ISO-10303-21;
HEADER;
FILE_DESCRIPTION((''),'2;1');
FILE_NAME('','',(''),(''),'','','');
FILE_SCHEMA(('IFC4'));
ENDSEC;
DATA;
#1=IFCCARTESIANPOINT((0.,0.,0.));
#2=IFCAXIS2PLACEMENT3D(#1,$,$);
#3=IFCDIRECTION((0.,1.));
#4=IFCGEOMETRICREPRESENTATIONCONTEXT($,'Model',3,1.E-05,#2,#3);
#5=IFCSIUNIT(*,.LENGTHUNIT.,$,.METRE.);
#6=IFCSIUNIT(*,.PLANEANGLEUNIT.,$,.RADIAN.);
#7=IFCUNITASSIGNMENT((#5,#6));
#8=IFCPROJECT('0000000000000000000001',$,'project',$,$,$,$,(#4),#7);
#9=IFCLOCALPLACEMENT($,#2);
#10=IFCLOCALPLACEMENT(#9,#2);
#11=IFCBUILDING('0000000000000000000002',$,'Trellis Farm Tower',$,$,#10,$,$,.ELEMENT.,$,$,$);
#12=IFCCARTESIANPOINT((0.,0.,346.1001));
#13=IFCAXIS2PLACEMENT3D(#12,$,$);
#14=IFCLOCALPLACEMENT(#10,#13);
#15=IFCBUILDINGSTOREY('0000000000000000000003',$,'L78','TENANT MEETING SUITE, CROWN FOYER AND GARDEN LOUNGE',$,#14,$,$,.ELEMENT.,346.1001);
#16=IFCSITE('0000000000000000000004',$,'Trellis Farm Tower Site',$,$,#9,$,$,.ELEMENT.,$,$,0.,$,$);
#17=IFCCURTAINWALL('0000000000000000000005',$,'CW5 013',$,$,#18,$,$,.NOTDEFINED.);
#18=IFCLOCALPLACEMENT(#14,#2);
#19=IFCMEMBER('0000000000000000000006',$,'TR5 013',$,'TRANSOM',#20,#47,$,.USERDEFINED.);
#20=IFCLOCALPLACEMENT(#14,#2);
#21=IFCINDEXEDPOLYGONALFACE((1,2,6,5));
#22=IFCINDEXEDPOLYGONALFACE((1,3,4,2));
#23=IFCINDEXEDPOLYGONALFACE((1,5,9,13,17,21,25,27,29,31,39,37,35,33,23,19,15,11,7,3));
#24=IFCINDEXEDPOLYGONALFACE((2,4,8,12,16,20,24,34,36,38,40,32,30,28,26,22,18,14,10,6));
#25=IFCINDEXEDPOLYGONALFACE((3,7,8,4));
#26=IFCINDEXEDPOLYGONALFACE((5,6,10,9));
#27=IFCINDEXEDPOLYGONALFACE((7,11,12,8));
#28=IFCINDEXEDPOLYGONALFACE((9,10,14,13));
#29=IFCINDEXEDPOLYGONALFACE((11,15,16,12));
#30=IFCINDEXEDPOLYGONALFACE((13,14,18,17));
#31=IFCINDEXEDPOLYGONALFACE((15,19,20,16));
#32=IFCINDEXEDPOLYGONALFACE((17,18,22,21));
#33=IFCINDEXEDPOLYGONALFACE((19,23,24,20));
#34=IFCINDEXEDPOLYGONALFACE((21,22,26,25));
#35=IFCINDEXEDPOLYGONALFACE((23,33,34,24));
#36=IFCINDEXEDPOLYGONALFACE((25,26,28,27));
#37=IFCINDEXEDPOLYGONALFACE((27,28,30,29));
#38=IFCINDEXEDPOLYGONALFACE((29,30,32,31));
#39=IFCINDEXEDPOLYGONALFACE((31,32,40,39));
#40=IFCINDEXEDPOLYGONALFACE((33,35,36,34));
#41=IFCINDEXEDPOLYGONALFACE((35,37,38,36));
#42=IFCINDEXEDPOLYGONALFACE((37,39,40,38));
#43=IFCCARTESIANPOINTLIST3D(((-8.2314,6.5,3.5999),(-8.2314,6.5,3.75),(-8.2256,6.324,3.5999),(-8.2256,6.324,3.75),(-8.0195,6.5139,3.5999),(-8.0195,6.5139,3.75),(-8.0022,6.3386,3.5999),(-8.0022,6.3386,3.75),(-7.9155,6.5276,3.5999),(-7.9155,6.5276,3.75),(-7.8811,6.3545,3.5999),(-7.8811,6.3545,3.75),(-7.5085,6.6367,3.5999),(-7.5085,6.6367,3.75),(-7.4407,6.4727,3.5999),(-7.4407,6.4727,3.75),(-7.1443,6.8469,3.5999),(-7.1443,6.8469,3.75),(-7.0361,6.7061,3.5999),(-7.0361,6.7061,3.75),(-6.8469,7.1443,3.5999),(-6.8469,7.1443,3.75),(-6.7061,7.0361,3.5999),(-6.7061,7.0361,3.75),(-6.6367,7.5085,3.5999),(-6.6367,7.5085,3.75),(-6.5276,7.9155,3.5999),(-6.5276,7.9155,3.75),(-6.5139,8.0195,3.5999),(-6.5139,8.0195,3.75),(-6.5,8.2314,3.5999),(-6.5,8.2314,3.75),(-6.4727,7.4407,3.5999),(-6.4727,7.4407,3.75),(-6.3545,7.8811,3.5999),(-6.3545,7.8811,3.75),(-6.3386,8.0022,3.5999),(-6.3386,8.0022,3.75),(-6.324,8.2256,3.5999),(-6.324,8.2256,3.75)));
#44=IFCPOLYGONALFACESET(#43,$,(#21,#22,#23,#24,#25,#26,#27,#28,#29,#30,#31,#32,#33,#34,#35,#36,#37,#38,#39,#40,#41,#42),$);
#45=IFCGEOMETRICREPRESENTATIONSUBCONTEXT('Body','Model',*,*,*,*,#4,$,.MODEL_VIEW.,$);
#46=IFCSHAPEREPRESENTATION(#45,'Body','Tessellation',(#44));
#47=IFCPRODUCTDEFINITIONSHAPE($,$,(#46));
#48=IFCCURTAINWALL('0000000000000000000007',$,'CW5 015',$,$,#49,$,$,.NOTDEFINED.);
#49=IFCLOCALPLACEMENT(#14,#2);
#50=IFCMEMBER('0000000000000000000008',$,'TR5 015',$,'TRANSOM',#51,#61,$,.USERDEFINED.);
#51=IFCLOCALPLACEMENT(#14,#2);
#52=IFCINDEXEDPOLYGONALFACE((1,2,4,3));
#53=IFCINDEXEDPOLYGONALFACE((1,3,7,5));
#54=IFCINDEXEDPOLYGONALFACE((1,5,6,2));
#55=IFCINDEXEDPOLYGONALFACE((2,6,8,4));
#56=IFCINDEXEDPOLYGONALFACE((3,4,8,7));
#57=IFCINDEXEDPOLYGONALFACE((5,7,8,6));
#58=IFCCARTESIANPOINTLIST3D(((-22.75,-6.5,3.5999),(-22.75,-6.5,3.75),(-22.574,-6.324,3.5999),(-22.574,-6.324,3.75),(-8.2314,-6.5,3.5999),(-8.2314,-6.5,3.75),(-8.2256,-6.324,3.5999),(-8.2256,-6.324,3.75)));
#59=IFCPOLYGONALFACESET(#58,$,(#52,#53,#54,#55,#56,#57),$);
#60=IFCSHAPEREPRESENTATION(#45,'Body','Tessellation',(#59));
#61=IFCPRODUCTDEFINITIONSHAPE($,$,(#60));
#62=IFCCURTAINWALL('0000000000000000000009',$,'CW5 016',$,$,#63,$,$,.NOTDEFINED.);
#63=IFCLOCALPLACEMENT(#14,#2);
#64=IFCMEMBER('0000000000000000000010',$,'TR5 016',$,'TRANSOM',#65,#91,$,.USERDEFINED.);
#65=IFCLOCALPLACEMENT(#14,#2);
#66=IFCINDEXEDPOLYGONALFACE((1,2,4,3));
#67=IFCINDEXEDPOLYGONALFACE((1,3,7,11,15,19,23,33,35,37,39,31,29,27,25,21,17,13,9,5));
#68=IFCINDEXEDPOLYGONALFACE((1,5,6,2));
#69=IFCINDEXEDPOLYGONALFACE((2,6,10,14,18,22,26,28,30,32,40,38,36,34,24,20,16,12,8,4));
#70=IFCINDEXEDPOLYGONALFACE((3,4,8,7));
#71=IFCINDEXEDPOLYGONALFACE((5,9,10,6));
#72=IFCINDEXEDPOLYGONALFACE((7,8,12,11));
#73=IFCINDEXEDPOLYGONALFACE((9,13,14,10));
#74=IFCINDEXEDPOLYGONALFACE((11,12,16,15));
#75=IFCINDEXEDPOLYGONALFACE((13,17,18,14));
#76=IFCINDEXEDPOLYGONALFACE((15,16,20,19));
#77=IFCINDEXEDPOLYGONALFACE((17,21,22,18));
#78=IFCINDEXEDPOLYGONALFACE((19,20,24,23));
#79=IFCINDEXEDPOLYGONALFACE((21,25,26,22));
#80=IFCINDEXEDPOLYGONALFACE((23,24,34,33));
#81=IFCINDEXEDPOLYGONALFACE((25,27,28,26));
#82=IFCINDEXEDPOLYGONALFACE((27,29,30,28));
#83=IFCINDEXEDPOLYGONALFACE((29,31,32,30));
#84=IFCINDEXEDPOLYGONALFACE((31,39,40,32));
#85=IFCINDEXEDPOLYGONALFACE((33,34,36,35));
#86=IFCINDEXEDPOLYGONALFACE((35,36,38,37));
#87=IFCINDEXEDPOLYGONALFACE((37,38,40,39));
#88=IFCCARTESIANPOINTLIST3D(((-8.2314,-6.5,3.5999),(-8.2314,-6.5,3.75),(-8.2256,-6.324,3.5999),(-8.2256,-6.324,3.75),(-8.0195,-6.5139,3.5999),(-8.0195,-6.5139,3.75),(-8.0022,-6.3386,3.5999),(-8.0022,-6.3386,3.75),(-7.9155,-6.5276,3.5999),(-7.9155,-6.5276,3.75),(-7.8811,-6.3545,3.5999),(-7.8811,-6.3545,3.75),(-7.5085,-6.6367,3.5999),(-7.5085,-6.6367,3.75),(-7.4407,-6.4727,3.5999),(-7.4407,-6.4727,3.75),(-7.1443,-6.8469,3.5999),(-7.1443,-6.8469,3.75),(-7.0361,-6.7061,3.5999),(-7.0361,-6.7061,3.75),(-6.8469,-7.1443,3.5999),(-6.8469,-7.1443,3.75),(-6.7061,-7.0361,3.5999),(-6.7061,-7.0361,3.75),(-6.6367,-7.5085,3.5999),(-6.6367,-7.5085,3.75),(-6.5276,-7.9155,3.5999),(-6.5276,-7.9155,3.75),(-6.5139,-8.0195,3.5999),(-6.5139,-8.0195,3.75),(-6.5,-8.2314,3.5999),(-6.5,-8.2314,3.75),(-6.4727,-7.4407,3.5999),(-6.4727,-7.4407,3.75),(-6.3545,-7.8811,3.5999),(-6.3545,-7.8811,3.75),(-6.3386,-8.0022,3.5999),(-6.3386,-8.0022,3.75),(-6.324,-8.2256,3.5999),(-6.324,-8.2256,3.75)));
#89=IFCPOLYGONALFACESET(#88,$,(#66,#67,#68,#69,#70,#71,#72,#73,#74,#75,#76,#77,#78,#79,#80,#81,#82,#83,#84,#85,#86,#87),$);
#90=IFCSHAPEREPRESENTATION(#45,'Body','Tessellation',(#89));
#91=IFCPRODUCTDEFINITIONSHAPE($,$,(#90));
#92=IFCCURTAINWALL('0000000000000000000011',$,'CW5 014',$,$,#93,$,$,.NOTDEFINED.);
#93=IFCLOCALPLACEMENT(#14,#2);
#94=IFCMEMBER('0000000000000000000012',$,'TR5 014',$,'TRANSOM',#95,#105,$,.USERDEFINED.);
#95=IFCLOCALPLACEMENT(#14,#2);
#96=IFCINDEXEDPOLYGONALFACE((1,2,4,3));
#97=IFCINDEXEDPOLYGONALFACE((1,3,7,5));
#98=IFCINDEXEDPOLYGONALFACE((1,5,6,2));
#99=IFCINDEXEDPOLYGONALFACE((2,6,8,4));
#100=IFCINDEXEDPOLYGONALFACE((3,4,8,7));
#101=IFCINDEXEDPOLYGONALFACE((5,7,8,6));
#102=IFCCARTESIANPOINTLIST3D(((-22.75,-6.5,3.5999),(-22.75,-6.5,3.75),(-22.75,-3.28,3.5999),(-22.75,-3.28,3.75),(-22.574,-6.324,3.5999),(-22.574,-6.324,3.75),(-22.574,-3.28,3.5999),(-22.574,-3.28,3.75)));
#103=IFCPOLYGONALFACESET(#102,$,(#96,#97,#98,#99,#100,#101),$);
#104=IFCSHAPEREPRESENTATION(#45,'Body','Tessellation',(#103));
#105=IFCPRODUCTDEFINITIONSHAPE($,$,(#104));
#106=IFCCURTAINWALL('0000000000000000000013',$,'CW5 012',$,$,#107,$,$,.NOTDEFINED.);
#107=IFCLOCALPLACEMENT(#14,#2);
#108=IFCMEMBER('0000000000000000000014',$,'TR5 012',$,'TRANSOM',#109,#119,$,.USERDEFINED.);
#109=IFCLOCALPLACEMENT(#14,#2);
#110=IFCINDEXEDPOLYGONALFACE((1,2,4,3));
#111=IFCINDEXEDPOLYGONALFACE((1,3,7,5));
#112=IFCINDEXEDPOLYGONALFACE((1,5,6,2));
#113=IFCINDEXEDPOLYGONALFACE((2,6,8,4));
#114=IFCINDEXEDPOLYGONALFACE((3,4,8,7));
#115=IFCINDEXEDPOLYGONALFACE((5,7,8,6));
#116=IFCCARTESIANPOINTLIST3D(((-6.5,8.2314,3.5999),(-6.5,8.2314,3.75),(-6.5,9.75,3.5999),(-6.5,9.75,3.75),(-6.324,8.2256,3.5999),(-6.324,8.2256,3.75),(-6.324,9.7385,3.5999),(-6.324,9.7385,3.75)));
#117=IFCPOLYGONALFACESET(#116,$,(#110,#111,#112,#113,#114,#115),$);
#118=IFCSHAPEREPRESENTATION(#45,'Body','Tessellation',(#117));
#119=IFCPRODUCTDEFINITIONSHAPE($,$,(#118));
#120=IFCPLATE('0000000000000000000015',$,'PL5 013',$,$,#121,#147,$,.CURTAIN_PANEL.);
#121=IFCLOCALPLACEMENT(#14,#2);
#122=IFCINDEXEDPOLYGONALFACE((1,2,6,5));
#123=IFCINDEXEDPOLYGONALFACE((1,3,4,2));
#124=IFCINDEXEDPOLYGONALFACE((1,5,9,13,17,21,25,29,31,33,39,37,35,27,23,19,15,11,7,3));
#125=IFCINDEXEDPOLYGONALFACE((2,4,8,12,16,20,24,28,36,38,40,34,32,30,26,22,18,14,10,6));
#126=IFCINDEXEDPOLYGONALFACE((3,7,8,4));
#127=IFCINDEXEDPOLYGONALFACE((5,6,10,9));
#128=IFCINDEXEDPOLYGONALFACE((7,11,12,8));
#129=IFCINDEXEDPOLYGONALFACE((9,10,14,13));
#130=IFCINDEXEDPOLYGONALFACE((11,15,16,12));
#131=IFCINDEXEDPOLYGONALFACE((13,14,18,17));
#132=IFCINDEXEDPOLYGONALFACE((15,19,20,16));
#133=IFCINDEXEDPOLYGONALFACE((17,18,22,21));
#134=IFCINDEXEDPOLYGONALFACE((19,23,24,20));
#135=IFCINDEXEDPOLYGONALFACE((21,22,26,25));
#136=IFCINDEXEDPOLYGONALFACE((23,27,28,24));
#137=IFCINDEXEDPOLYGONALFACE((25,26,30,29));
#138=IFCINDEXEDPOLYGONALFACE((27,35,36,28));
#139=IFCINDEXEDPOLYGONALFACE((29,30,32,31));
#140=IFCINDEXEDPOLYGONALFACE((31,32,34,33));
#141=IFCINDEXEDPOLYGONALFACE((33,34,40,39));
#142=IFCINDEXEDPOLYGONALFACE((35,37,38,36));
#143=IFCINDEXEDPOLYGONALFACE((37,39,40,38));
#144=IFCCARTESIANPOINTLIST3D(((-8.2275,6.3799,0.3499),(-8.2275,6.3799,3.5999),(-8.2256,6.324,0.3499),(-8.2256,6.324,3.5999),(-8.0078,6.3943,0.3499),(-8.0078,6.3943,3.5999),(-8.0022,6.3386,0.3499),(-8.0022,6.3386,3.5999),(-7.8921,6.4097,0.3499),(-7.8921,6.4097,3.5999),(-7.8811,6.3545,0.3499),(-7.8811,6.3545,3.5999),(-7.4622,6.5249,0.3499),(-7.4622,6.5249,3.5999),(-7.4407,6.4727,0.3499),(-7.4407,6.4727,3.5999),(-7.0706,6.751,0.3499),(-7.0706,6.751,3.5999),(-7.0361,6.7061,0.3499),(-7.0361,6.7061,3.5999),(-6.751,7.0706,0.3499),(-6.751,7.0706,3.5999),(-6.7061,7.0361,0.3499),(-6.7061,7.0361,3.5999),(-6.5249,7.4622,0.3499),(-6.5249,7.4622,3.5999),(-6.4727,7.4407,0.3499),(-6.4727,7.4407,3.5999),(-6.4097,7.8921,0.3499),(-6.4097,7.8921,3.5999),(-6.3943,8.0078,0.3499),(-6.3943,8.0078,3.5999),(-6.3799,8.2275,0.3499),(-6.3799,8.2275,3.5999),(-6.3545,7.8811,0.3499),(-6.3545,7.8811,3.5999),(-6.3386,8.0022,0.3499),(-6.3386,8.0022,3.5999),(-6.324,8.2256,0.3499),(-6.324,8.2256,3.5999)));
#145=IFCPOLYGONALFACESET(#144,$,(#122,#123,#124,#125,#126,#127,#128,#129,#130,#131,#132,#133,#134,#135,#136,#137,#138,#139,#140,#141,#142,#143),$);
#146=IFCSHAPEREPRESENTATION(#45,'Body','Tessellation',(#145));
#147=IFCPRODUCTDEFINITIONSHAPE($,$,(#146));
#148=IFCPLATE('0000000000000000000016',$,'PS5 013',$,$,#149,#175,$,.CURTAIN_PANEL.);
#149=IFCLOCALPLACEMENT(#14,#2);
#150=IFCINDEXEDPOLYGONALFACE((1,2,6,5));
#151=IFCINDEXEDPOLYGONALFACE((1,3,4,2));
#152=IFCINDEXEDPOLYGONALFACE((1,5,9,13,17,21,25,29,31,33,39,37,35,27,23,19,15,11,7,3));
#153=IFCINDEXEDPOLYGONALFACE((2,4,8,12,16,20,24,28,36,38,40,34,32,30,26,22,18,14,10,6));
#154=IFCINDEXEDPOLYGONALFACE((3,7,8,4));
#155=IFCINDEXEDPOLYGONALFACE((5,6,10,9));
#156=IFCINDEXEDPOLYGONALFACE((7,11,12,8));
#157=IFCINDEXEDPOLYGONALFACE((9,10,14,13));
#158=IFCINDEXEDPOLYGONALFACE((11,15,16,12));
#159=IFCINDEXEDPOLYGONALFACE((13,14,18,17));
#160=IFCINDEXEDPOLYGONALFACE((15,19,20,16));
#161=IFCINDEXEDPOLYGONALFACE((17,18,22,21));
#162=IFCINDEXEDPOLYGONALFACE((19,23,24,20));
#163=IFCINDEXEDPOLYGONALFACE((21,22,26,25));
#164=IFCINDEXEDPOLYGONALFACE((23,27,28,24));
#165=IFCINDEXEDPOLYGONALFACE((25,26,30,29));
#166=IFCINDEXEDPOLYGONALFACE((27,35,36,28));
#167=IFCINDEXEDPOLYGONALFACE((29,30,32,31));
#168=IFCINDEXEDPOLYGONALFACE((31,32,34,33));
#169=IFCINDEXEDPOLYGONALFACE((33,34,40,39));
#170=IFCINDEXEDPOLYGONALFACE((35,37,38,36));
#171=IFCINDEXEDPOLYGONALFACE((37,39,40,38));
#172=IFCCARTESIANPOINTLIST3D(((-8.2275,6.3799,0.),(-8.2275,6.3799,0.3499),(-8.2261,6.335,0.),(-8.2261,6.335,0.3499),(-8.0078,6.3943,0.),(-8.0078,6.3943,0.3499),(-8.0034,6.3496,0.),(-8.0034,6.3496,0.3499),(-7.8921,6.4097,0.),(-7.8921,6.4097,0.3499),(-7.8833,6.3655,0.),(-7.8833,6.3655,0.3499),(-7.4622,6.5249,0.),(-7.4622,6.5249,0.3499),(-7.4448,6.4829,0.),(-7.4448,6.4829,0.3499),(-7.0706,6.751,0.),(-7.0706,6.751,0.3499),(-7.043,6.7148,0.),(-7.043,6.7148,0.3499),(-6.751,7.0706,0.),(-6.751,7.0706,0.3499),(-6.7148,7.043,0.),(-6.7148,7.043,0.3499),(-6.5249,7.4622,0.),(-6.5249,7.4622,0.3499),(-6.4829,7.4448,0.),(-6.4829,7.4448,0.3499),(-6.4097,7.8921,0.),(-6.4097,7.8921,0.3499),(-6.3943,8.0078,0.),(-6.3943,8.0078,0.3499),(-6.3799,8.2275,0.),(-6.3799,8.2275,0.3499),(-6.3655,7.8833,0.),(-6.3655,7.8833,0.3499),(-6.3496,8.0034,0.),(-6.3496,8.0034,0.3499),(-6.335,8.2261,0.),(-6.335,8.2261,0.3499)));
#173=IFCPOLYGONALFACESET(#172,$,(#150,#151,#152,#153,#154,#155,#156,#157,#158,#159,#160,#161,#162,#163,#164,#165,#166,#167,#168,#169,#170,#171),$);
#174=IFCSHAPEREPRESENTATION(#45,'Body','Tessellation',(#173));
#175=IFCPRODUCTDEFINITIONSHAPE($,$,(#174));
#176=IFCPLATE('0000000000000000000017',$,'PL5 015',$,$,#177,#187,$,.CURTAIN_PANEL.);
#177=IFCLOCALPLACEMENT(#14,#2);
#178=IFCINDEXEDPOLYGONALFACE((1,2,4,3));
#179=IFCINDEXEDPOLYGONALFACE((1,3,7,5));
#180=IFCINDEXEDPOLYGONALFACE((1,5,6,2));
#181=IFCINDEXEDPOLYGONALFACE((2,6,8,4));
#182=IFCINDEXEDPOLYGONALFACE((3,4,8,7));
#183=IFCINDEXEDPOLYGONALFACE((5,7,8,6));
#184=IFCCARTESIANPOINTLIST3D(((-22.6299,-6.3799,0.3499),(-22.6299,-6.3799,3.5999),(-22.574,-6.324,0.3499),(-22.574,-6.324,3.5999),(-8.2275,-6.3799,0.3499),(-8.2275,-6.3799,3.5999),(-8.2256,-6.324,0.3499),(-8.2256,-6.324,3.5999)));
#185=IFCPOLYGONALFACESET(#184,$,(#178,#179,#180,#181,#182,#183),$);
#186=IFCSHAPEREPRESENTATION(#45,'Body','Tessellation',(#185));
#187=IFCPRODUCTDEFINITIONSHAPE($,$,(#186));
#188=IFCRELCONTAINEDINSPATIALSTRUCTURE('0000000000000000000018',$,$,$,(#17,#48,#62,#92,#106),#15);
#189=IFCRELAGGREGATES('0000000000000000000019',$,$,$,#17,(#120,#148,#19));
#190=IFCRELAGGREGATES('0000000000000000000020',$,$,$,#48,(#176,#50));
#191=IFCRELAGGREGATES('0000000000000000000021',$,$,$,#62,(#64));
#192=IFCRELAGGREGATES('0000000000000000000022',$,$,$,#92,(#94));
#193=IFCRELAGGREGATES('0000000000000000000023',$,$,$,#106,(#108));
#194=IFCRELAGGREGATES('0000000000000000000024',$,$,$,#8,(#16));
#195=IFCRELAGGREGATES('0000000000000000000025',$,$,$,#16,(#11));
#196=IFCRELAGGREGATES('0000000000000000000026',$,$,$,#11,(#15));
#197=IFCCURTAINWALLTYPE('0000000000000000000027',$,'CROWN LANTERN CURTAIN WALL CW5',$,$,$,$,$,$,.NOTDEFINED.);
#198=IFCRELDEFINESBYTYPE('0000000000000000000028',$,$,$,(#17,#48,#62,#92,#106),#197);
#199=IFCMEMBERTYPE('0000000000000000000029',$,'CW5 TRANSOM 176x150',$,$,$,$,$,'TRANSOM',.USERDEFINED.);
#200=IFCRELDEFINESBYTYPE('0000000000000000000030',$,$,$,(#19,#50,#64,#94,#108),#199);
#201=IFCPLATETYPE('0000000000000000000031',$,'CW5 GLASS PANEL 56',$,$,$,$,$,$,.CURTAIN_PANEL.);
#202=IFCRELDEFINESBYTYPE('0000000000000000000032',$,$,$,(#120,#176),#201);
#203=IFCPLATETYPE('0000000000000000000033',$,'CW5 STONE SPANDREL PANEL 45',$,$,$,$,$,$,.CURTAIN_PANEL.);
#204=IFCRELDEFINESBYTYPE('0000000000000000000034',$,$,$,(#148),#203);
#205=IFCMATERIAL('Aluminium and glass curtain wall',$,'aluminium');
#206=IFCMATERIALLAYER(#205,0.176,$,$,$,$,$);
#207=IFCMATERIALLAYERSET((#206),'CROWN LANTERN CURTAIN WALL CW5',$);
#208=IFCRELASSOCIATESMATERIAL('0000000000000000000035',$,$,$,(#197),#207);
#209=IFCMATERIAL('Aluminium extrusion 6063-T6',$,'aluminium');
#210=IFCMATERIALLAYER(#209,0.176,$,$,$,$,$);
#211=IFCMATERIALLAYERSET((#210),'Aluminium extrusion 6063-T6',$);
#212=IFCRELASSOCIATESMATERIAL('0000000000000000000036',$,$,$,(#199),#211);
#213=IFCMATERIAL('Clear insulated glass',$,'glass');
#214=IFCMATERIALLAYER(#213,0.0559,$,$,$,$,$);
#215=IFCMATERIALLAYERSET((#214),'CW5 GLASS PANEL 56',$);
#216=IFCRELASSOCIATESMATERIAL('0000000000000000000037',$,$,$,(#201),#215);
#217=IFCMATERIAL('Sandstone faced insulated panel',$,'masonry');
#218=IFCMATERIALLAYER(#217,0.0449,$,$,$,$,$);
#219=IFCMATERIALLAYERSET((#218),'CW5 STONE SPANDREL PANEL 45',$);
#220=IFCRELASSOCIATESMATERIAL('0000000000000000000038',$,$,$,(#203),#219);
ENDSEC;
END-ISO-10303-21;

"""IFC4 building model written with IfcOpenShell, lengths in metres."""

from ifc_helpers import new_model, si_unit, direction, frame, origin, place, context, subcontext, project, spatial, polyline, outline, extrude, source, transform, mapped, material, layer, layer_set, type_object, element, aggregate, save


model = new_model("IFC4")

# Units and contexts
model_context = context("Model", 3, precision=1e-05, world=origin(), true_north=direction((0.0, 1.0)))
body_context = subcontext(model_context, "Body", "Model", "MODEL_VIEW")
ifc_project = project(units=[si_unit("LENGTHUNIT", "METRE"), si_unit("PLANEANGLEUNIT", "RADIAN")], contexts=[model_context])

# Site, building, storey
site_placement = place(None, origin())
site = spatial("IfcSite", under=ifc_project, at=site_placement, Name="Trellis Farm Tower Site", CompositionType="ELEMENT", RefElevation=0.0)
building_placement = place(site_placement, origin())
building = spatial("IfcBuilding", under=site, at=building_placement, Name="Trellis Farm Tower", CompositionType="ELEMENT")
storey_placement = place(building_placement, frame((0.0, 0.0, 346.1001)))
storey = spatial("IfcBuildingStorey", under=building, at=storey_placement, Name="L78", Description="TENANT MEETING SUITE, CROWN FOYER AND GARDEN LOUNGE", CompositionType="ELEMENT", Elevation=346.1001)

# Curtain walls, members
ifc_material_1 = material(Name="Aluminium and glass curtain wall", Category="aluminium")
ifc_layer_1 = layer(ifc_material_1, 0.176)
ifc_layer_set_1 = layer_set([ifc_layer_1], Name="CROWN LANTERN CURTAIN WALL CW5")
curtain_wall_type = type_object("IfcCurtainWallType", Name="CROWN LANTERN CURTAIN WALL CW5", PredefinedType="NOTDEFINED", material=ifc_layer_set_1)
placement_1 = place(storey_placement, origin())
curtain_wall_1 = element("IfcCurtainWall", 1, at=placement_1, inside=storey, type_object=curtain_wall_type, Name="CW5 013", PredefinedType="NOTDEFINED")
ifc_material_2 = material(Name="Aluminium extrusion 6063-T6", Category="aluminium")
ifc_layer_2 = layer(ifc_material_2, 0.176)
ifc_layer_set_2 = layer_set([ifc_layer_2], Name="Aluminium extrusion 6063-T6")
member_type = type_object("IfcMemberType", Name="CW5 TRANSOM 176x150", ElementType="TRANSOM", PredefinedType="USERDEFINED", material=ifc_layer_set_2)
shared_shape_1 = source(origin(), body_context, "Body", "SweptSolid", [
    extrude(outline(polyline([(-6.5, 8.2314), (-6.5139, 8.0195), (-6.5276, 7.9155), (-6.6367, 7.5085), (-6.8469, 7.1443), (-7.1443, 6.8469), (-7.5085, 6.6367), (-7.9155, 6.5276), (-8.0195, 6.5139), (-8.2314, 6.5), (-8.2256, 6.324), (-8.0022, 6.3386), (-7.8811, 6.3545), (-7.4407, 6.4727), (-7.0361, 6.7061), (-6.7061, 7.0361), (-6.4727, 7.4407), (-6.3545, 7.8811), (-6.3386, 8.0022), (-6.324, 8.2256), (-6.5, 8.2314)])), origin(), (0.0, 0.0, 1.0), 0.1501),
])
placement_2 = place(storey_placement, frame((0.0, 0.0, 3.5999)))
member_1 = element("IfcMember", 2, at=placement_2, type_object=member_type, Name="TR5 013", ObjectType="TRANSOM", PredefinedType="USERDEFINED", context=body_context, shape_type="MappedRepresentation", body=[
    mapped(shared_shape_1, transform((0.0, 0.0, 0.0))),
])
curtain_wall_2 = element("IfcCurtainWall", 3, at=placement_1, inside=storey, type_object=curtain_wall_type, Name="CW5 015", PredefinedType="NOTDEFINED")
shared_shape_2 = source(origin(), body_context, "Body", "SweptSolid", [
    extrude(outline(polyline([(-22.75, -6.5), (-8.2314, -6.5), (-8.2256, -6.324), (-22.574, -6.324), (-22.75, -6.5)])), origin(), (0.0, 0.0, 1.0), 0.1501),
])
member_2 = element("IfcMember", 4, at=placement_2, type_object=member_type, Name="TR5 015", ObjectType="TRANSOM", PredefinedType="USERDEFINED", context=body_context, shape_type="MappedRepresentation", body=[
    mapped(shared_shape_2, transform((0.0, 0.0, 0.0))),
])
curtain_wall_3 = element("IfcCurtainWall", 5, at=placement_1, inside=storey, type_object=curtain_wall_type, Name="CW5 016", PredefinedType="NOTDEFINED")
shared_shape_3 = source(origin(), body_context, "Body", "SweptSolid", [
    extrude(outline(polyline([(-8.2314, -6.5), (-8.0195, -6.5139), (-7.9155, -6.5276), (-7.5085, -6.6367), (-7.1443, -6.8469), (-6.8469, -7.1443), (-6.6367, -7.5085), (-6.5276, -7.9155), (-6.5139, -8.0195), (-6.5, -8.2314), (-6.324, -8.2256), (-6.3386, -8.0022), (-6.3545, -7.8811), (-6.4727, -7.4407), (-6.7061, -7.0361), (-7.0361, -6.7061), (-7.4407, -6.4727), (-7.8811, -6.3545), (-8.0022, -6.3386), (-8.2256, -6.324), (-8.2314, -6.5)])), origin(), (0.0, 0.0, 1.0), 0.1501),
])
member_3 = element("IfcMember", 6, at=placement_2, type_object=member_type, Name="TR5 016", ObjectType="TRANSOM", PredefinedType="USERDEFINED", context=body_context, shape_type="MappedRepresentation", body=[
    mapped(shared_shape_3, transform((0.0, 0.0, 0.0))),
])
curtain_wall_4 = element("IfcCurtainWall", 7, at=placement_1, inside=storey, type_object=curtain_wall_type, Name="CW5 014", PredefinedType="NOTDEFINED")
shared_shape_4 = source(origin(), body_context, "Body", "SweptSolid", [
    extrude(outline(polyline([(-22.75, -3.28), (-22.75, -6.5), (-22.574, -6.324), (-22.574, -3.28), (-22.75, -3.28)])), origin(), (0.0, 0.0, 1.0), 0.1501),
])
member_4 = element("IfcMember", 8, at=placement_2, type_object=member_type, Name="TR5 014", ObjectType="TRANSOM", PredefinedType="USERDEFINED", context=body_context, shape_type="MappedRepresentation", body=[
    mapped(shared_shape_4, transform((0.0, 0.0, 0.0))),
])
curtain_wall_5 = element("IfcCurtainWall", 9, at=placement_1, inside=storey, type_object=curtain_wall_type, Name="CW5 012", PredefinedType="NOTDEFINED")
shared_shape_5 = source(origin(), body_context, "Body", "SweptSolid", [
    extrude(outline(polyline([(-6.5, 9.75), (-6.5, 8.2314), (-6.324, 8.2256), (-6.324, 9.7385), (-6.5, 9.75)])), origin(), (0.0, 0.0, 1.0), 0.1501),
])
member_5 = element("IfcMember", 10, at=placement_2, type_object=member_type, Name="TR5 012", ObjectType="TRANSOM", PredefinedType="USERDEFINED", context=body_context, shape_type="MappedRepresentation", body=[
    mapped(shared_shape_5, transform((0.0, 0.0, 0.0))),
])

# Plates
ifc_material_3 = material(Name="Clear insulated glass", Category="glass")
ifc_layer_3 = layer(ifc_material_3, 0.0559)
ifc_layer_set_3 = layer_set([ifc_layer_3], Name="CW5 GLASS PANEL 56")
plate_type_1 = type_object("IfcPlateType", Name="CW5 GLASS PANEL 56", PredefinedType="CURTAIN_PANEL", material=ifc_layer_set_3)
shared_shape_6 = source(origin(), body_context, "Body", "SweptSolid", [
    extrude(outline(polyline([(-6.3799, 8.2275), (-6.3943, 8.0078), (-6.4097, 7.8921), (-6.5249, 7.4622), (-6.751, 7.0706), (-7.0706, 6.751), (-7.4622, 6.5249), (-7.8921, 6.4097), (-8.0078, 6.3943), (-8.2275, 6.3799), (-8.2256, 6.324), (-8.0022, 6.3386), (-7.8811, 6.3545), (-7.4407, 6.4727), (-7.0361, 6.7061), (-6.7061, 7.0361), (-6.4727, 7.4407), (-6.3545, 7.8811), (-6.3386, 8.0022), (-6.324, 8.2256), (-6.3799, 8.2275)])), origin(), (0.0, 0.0, 1.0), 3.25),
])
placement_3 = place(storey_placement, frame((0.0, 0.0, 0.3499)))
plate_1 = element("IfcPlate", 11, at=placement_3, type_object=plate_type_1, Name="PL5 013", PredefinedType="CURTAIN_PANEL", context=body_context, shape_type="MappedRepresentation", body=[
    mapped(shared_shape_6, transform((0.0, 0.0, 0.0))),
])
ifc_material_4 = material(Name="Sandstone faced insulated panel", Category="masonry")
ifc_layer_4 = layer(ifc_material_4, 0.0449)
ifc_layer_set_4 = layer_set([ifc_layer_4], Name="CW5 STONE SPANDREL PANEL 45")
plate_type_2 = type_object("IfcPlateType", Name="CW5 STONE SPANDREL PANEL 45", PredefinedType="CURTAIN_PANEL", material=ifc_layer_set_4)
shared_shape_7 = source(origin(), body_context, "Body", "SweptSolid", [
    extrude(outline(polyline([(-6.3799, 8.2275), (-6.3943, 8.0078), (-6.4097, 7.8921), (-6.5249, 7.4622), (-6.751, 7.0706), (-7.0706, 6.751), (-7.4622, 6.5249), (-7.8921, 6.4097), (-8.0078, 6.3943), (-8.2275, 6.3799), (-8.2261, 6.335), (-8.0034, 6.3496), (-7.8833, 6.3655), (-7.4448, 6.4829), (-7.043, 6.7148), (-6.7148, 7.043), (-6.4829, 7.4448), (-6.3655, 7.8833), (-6.3496, 8.0034), (-6.335, 8.2261), (-6.3799, 8.2275)])), origin(), (0.0, 0.0, 1.0), 0.3499),
])
plate_2 = element("IfcPlate", 12, at=placement_1, type_object=plate_type_2, Name="PS5 013", PredefinedType="CURTAIN_PANEL", context=body_context, shape_type="MappedRepresentation", body=[
    mapped(shared_shape_7, transform((0.0, 0.0, 0.0))),
])
aggregate(curtain_wall_1, [plate_1, plate_2, member_1])
shared_shape_8 = source(origin(), body_context, "Body", "SweptSolid", [
    extrude(outline(polyline([(-22.6299, -6.3799), (-8.2275, -6.3799), (-8.2256, -6.324), (-22.574, -6.324), (-22.6299, -6.3799)])), origin(), (0.0, 0.0, 1.0), 3.25),
])
plate_3 = element("IfcPlate", 13, at=placement_3, type_object=plate_type_1, Name="PL5 015", PredefinedType="CURTAIN_PANEL", context=body_context, shape_type="MappedRepresentation", body=[
    mapped(shared_shape_8, transform((0.0, 0.0, 0.0))),
])
aggregate(curtain_wall_2, [plate_3, member_2])
aggregate(curtain_wall_3, [member_3])
aggregate(curtain_wall_4, [member_4])
aggregate(curtain_wall_5, [member_5])

save(model, "model.ifc")
